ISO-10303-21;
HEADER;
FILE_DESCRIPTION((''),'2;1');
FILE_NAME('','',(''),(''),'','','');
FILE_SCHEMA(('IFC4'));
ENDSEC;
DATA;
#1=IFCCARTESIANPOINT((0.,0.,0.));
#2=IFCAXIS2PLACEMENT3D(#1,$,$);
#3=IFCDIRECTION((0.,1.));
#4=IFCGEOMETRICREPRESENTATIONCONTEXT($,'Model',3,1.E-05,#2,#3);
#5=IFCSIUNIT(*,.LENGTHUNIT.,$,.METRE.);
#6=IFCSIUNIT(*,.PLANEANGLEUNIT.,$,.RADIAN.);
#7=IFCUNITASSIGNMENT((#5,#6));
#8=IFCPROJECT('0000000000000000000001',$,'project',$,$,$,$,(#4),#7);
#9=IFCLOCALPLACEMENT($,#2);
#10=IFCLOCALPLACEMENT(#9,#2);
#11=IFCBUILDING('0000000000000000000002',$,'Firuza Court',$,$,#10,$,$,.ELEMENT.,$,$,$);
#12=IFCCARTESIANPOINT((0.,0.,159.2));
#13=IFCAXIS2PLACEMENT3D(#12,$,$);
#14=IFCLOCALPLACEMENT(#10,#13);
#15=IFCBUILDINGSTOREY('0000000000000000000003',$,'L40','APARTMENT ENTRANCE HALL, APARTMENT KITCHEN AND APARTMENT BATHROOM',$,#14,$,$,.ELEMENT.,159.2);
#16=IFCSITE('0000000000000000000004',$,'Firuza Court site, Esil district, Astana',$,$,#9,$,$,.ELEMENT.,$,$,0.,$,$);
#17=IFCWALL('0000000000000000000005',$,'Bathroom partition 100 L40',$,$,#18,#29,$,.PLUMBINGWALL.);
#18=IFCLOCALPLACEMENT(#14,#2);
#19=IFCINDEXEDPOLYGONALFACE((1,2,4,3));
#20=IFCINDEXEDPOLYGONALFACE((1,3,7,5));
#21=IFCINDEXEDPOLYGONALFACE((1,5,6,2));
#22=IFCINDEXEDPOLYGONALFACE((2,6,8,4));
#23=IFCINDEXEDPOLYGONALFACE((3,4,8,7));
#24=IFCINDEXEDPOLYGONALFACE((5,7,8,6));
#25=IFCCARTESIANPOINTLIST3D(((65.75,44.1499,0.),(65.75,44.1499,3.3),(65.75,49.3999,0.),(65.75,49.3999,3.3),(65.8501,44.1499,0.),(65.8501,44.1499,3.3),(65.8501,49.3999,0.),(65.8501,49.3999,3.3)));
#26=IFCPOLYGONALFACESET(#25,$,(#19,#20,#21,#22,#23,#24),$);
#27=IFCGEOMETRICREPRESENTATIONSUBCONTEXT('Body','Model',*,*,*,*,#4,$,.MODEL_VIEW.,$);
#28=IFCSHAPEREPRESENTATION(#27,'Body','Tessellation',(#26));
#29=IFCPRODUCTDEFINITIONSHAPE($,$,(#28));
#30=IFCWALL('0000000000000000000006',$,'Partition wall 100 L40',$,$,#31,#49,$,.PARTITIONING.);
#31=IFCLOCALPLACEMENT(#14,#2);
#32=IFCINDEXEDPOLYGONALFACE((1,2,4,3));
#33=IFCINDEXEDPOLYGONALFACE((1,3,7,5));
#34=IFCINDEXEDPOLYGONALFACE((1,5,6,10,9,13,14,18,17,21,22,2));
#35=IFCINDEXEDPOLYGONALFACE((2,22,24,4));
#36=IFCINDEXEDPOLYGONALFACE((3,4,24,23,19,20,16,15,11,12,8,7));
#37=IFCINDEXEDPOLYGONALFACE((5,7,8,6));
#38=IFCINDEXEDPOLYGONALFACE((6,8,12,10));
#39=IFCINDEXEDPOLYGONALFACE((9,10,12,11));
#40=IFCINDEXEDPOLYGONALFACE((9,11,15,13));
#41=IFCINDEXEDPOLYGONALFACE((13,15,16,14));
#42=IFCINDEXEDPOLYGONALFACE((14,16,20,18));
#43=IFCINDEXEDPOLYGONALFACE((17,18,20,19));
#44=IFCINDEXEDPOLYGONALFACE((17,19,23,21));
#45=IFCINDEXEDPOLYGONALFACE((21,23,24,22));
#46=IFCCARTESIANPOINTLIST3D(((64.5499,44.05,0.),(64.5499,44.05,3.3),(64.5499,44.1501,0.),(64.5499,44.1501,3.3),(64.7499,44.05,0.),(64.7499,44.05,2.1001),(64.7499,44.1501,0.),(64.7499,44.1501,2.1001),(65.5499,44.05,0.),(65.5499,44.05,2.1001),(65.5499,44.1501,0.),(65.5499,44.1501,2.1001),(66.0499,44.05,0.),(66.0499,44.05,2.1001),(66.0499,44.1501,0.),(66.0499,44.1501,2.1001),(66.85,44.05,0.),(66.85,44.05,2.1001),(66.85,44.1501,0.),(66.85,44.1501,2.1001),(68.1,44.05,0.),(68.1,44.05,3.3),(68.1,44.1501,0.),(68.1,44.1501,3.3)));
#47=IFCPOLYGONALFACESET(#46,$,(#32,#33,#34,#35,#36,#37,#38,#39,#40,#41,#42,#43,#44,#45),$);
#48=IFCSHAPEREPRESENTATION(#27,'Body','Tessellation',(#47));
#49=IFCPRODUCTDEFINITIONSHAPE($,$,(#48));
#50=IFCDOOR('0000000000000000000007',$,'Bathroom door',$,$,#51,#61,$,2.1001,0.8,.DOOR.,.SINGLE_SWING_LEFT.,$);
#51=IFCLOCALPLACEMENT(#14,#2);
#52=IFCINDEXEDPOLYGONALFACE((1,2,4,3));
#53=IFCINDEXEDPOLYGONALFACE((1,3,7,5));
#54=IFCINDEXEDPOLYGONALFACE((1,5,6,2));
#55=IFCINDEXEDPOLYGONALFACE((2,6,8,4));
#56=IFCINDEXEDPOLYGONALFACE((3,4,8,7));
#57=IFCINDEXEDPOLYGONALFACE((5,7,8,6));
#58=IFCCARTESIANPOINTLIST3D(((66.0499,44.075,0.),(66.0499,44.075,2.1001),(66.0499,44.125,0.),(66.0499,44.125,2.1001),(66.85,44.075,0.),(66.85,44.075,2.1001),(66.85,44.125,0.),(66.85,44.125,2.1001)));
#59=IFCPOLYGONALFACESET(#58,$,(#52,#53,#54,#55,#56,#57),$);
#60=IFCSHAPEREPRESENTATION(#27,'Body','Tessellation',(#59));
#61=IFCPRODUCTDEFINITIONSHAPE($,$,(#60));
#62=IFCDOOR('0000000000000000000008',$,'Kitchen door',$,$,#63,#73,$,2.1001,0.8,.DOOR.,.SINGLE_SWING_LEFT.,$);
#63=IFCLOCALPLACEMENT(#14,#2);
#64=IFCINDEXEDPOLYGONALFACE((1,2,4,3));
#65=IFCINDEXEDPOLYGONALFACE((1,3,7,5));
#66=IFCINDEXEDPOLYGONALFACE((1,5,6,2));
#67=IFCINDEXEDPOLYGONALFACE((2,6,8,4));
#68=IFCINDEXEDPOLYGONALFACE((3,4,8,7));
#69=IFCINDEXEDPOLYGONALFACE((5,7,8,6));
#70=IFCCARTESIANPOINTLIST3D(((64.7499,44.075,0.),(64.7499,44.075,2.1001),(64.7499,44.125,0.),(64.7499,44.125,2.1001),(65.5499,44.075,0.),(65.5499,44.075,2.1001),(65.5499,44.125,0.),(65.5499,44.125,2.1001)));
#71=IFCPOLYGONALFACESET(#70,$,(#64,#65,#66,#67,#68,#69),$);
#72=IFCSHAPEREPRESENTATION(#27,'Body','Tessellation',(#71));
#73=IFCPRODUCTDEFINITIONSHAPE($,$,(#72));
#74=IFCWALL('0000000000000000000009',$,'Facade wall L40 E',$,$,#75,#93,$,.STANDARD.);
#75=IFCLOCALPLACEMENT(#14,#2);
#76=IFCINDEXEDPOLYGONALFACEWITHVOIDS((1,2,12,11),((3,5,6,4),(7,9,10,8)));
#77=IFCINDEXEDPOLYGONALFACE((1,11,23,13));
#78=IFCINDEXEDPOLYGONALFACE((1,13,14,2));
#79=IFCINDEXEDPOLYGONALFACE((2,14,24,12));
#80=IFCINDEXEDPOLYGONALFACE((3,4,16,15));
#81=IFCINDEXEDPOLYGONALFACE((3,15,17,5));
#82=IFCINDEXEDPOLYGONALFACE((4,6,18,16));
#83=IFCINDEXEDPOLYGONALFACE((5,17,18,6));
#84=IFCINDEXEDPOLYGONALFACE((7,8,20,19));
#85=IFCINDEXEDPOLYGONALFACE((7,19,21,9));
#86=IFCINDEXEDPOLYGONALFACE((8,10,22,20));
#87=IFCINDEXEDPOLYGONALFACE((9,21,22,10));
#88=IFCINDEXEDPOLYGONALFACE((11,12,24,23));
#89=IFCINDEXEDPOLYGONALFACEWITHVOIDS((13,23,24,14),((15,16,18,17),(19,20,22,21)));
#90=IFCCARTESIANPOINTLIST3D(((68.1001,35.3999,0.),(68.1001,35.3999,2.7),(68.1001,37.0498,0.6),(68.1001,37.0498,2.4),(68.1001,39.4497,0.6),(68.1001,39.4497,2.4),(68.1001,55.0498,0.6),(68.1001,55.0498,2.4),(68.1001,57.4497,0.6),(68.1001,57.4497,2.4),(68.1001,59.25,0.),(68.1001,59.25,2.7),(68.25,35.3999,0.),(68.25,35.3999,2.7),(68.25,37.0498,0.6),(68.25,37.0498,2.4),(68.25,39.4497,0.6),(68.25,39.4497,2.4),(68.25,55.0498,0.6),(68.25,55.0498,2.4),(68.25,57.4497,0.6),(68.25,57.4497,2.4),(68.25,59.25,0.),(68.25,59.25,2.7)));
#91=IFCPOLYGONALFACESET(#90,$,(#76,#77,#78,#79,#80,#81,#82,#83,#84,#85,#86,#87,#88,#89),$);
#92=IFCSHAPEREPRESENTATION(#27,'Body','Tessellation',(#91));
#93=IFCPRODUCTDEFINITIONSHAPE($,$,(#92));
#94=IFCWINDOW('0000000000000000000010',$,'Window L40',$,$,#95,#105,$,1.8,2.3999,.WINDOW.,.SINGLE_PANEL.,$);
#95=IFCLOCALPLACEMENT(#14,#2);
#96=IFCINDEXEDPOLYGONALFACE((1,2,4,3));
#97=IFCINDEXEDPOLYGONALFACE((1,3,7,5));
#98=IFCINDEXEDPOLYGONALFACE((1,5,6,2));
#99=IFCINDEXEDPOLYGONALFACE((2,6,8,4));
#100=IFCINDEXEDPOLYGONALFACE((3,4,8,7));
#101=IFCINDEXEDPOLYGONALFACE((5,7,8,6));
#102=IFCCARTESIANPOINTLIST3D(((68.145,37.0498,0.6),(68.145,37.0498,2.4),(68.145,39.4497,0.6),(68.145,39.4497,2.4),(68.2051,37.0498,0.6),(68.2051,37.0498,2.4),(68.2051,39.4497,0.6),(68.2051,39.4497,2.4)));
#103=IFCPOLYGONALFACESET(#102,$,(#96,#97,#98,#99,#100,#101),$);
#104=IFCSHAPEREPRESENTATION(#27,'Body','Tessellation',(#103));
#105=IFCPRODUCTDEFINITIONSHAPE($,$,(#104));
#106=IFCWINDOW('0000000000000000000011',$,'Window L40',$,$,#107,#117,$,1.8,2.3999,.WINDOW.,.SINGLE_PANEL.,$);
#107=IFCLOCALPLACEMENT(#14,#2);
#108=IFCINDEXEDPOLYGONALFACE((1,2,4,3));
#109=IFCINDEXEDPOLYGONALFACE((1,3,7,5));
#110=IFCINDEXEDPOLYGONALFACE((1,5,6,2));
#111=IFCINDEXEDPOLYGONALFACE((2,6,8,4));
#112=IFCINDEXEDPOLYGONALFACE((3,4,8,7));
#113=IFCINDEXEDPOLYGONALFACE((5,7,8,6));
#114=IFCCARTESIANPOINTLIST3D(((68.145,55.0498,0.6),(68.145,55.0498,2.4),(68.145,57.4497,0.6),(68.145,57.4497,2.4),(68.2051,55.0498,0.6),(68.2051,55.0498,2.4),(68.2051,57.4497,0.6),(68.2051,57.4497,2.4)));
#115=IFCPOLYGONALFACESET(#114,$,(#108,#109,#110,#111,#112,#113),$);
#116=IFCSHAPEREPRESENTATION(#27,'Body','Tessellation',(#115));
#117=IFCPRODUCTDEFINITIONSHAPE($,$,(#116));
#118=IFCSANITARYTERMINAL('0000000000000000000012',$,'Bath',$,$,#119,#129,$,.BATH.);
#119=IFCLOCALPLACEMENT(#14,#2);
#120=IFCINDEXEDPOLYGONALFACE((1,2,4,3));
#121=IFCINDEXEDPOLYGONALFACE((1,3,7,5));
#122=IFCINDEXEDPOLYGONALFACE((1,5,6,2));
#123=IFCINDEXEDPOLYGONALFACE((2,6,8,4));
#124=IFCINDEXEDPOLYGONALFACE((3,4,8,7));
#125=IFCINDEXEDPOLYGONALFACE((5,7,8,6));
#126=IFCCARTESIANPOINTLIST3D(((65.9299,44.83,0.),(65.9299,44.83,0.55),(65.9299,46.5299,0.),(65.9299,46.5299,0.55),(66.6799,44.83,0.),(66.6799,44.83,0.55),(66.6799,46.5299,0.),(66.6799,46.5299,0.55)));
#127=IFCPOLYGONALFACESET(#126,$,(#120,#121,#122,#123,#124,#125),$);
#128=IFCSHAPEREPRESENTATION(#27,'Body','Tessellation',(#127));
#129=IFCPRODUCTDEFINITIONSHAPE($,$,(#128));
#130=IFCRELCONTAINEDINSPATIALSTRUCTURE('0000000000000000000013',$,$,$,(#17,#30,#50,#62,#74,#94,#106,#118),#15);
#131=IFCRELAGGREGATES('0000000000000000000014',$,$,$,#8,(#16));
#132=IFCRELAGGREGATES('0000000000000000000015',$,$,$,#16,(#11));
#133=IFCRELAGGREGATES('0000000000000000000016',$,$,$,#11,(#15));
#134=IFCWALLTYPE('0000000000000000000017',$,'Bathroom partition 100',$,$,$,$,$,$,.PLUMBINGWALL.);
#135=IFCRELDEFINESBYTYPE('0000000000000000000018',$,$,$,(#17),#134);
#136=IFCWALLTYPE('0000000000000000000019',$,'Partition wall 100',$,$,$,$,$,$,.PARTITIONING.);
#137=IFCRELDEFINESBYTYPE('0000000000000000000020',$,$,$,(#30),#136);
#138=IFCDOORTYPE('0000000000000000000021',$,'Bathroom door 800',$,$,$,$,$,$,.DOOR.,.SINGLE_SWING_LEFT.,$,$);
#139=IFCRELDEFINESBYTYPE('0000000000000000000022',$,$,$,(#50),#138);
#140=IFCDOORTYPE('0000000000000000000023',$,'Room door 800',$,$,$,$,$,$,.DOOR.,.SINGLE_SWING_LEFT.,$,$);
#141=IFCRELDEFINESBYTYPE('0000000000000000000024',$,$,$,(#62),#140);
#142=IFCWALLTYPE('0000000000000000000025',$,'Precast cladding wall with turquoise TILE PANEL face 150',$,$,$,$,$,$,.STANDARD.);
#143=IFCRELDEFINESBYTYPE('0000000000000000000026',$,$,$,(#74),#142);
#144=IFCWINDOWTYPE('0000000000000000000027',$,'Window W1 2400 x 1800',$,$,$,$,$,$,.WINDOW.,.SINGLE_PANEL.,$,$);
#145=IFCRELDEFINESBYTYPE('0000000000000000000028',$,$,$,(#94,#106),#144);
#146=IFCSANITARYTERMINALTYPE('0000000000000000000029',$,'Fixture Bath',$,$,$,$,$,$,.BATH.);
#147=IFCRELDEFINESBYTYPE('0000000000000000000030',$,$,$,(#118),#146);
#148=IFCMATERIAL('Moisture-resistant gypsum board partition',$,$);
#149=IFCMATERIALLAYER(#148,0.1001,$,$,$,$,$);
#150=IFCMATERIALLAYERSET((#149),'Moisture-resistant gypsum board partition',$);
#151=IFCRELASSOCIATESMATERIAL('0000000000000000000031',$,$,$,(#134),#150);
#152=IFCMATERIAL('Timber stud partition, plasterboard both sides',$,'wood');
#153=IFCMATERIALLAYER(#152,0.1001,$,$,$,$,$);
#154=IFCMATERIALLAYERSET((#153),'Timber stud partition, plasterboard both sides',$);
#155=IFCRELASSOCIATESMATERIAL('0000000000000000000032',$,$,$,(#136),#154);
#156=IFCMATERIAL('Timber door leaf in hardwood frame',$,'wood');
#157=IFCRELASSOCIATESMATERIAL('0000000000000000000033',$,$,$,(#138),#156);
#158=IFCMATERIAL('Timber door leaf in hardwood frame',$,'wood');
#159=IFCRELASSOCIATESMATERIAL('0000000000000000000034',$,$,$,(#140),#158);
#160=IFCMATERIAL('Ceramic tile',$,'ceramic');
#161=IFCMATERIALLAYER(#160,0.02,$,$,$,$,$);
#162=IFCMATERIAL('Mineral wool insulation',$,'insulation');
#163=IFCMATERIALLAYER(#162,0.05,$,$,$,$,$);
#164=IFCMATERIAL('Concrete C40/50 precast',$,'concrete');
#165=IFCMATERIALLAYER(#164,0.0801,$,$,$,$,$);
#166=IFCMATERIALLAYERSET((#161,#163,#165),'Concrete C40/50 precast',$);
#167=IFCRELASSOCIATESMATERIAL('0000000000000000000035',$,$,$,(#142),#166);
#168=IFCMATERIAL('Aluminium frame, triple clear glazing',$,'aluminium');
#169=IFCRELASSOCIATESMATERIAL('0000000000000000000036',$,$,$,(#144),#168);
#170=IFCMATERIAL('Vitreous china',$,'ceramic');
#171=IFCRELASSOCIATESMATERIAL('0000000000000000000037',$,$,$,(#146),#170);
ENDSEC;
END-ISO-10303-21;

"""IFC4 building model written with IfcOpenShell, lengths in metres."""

from ifc_helpers import new_model, si_unit, direction, frame, frame_2d, origin, origin_2d, place, context, subcontext, project, spatial, rectangle, extrude, material, layer, layer_set, type_object, element, fill, save


model = new_model("IFC4")

# Units and contexts
model_context = context("Model", 3, precision=1e-05, world=origin(), true_north=direction((0.0, 1.0)))
body_context = subcontext(model_context, "Body", "Model", "MODEL_VIEW")
ifc_project = project(units=[si_unit("LENGTHUNIT", "METRE"), si_unit("PLANEANGLEUNIT", "RADIAN")], contexts=[model_context])

# Site, building, storey
site_placement = place(None, origin())
site = spatial("IfcSite", under=ifc_project, at=site_placement, Name="Firuza Court site, Esil district, Astana", CompositionType="ELEMENT", RefElevation=0.0)
building_placement = place(site_placement, origin())
building = spatial("IfcBuilding", under=site, at=building_placement, Name="Firuza Court", CompositionType="ELEMENT")
storey_placement = place(building_placement, frame((0.0, 0.0, 159.2)))
storey = spatial("IfcBuildingStorey", under=building, at=storey_placement, Name="L40", Description="APARTMENT ENTRANCE HALL, APARTMENT KITCHEN AND APARTMENT BATHROOM", CompositionType="ELEMENT", Elevation=159.2)

# Wall
ifc_material_1 = material(Name="Moisture-resistant gypsum board partition")
ifc_layer_1 = layer(ifc_material_1, 0.1001)
ifc_layer_set_1 = layer_set([ifc_layer_1], Name="Moisture-resistant gypsum board partition")
wall_type_1 = type_object("IfcWallType", Name="Bathroom partition 100", PredefinedType="PLUMBINGWALL", material=ifc_layer_set_1)
wall_1_placement = place(storey_placement, frame((65.8, 44.1499, 0.0), z_axis=(0.0, 0.0, 1.0), x_axis=(0.0, 1.0, 0.0)))
element("IfcWall", 1, at=wall_1_placement, inside=storey, type_object=wall_type_1, Name="Bathroom partition 100 L40", PredefinedType="PLUMBINGWALL", context=body_context, shape_type="SweptSolid", body=[
    extrude(rectangle(XDim=5.25, YDim=0.1001, at=frame_2d((2.625, 0.0))), origin(), (0.0, 0.0, 1.0), 3.3),
])

# Wall, openings, doors
ifc_material_2 = material(Name="Timber stud partition, plasterboard both sides", Category="wood")
ifc_layer_2 = layer(ifc_material_2, 0.1001)
ifc_layer_set_2 = layer_set([ifc_layer_2], Name="Timber stud partition, plasterboard both sides")
wall_type_2 = type_object("IfcWallType", Name="Partition wall 100", PredefinedType="PARTITIONING", material=ifc_layer_set_2)
wall_2_placement = place(storey_placement, frame((64.55, 44.1001, 0.0), z_axis=(0.0, 0.0, 1.0), x_axis=(1.0, 0.0, 0.0)))
wall_2 = element("IfcWall", 2, at=wall_2_placement, inside=storey, type_object=wall_type_2, Name="Partition wall 100 L40", PredefinedType="PARTITIONING", context=body_context, shape_type="SweptSolid", body=[
    extrude(rectangle(XDim=3.55, YDim=0.1001, at=frame_2d((1.7749, 0.0))), origin(), (0.0, 0.0, 1.0), 3.3),
])
opening_1_placement = place(wall_2_placement, frame((1.5, 0.0, 0.0)))
opening_1 = element("IfcOpeningElement", 3, at=opening_1_placement, cuts=wall_2, PredefinedType="OPENING", context=body_context, shape_type="SweptSolid", body=[
    extrude(rectangle(XDim=0.8, YDim=2.1001, at=frame_2d((0.3999, 1.05))), frame((0.0, 0.062, 0.0), z_axis=(0.0, -1.0, 0.0), x_axis=(1.0, 0.0, 0.0)), (0.0, 0.0, 1.0), 0.124),
])
opening_2_placement = place(wall_2_placement, frame((0.2, 0.0, 0.0)))
opening_2 = element("IfcOpeningElement", 4, at=opening_2_placement, cuts=wall_2, PredefinedType="OPENING", context=body_context, shape_type="SweptSolid", body=[
    extrude(rectangle(XDim=0.8, YDim=2.1001, at=frame_2d((0.3999, 1.05))), frame((0.0, 0.062, 0.0), z_axis=(0.0, -1.0, 0.0), x_axis=(1.0, 0.0, 0.0)), (0.0, 0.0, 1.0), 0.124),
])
ifc_material_3 = material(Name="Timber door leaf in hardwood frame", Category="wood")
door_type_1 = type_object("IfcDoorType", Name="Bathroom door 800", OperationType="SINGLE_SWING_LEFT", PredefinedType="DOOR", material=ifc_material_3)
door_1_placement = place(opening_1_placement, origin())
door_1 = element("IfcDoor", 5, at=door_1_placement, inside=storey, type_object=door_type_1, Name="Bathroom door", OperationType="SINGLE_SWING_LEFT", OverallHeight=2.1001, OverallWidth=0.8, PredefinedType="DOOR", context=body_context, shape_type="SweptSolid", body=[
    extrude(rectangle(XDim=0.8, YDim=2.1001, at=frame_2d((0.3999, 1.05))), frame((0.0, 0.0249, 0.0), z_axis=(0.0, -1.0, 0.0), x_axis=(1.0, 0.0, 0.0)), (0.0, 0.0, 1.0), 0.05),
])
fill(opening_1, door_1)
ifc_material_4 = material(Name="Timber door leaf in hardwood frame", Category="wood")
door_type_2 = type_object("IfcDoorType", Name="Room door 800", OperationType="SINGLE_SWING_LEFT", PredefinedType="DOOR", material=ifc_material_4)
door_2_placement = place(opening_2_placement, origin())
door_2 = element("IfcDoor", 6, at=door_2_placement, inside=storey, type_object=door_type_2, Name="Kitchen door", OperationType="SINGLE_SWING_LEFT", OverallHeight=2.1001, OverallWidth=0.8, PredefinedType="DOOR", context=body_context, shape_type="SweptSolid", body=[
    extrude(rectangle(XDim=0.8, YDim=2.1001, at=frame_2d((0.3999, 1.05))), frame((0.0, 0.0249, 0.0), z_axis=(0.0, -1.0, 0.0), x_axis=(1.0, 0.0, 0.0)), (0.0, 0.0, 1.0), 0.05),
])
fill(opening_2, door_2)

# Wall, openings, windows
ifc_material_5 = material(Name="Ceramic tile", Category="ceramic")
ifc_layer_3 = layer(ifc_material_5, 0.02)
ifc_material_6 = material(Name="Mineral wool insulation", Category="insulation")
ifc_layer_4 = layer(ifc_material_6, 0.05)
ifc_material_7 = material(Name="Concrete C40/50 precast", Category="concrete")
ifc_layer_5 = layer(ifc_material_7, 0.0801)
ifc_layer_set_3 = layer_set([ifc_layer_3, ifc_layer_4, ifc_layer_5], Name="Concrete C40/50 precast")
wall_type_3 = type_object("IfcWallType", Name="Precast cladding wall with turquoise TILE PANEL face 150", PredefinedType="STANDARD", material=ifc_layer_set_3)
wall_3_placement = place(storey_placement, frame((68.175, 35.3999, 0.0), z_axis=(0.0, 0.0, 1.0), x_axis=(0.0, 1.0, 0.0)))
wall_3 = element("IfcWall", 7, at=wall_3_placement, inside=storey, type_object=wall_type_3, Name="Facade wall L40 E", PredefinedType="STANDARD", context=body_context, shape_type="SweptSolid", body=[
    extrude(rectangle(XDim=23.8501, YDim=0.1499, at=frame_2d((11.925, 0.0))), origin(), (0.0, 0.0, 1.0), 2.7),
])
opening_3_placement = place(wall_3_placement, frame((1.6499, 0.0, 0.6001)))
opening_3 = element("IfcOpeningElement", 8, at=opening_3_placement, cuts=wall_3, PredefinedType="OPENING", context=body_context, shape_type="SweptSolid", body=[
    extrude(rectangle(XDim=2.3999, YDim=1.8, at=frame_2d((1.2, 0.8999))), frame((0.0, 0.0869, 0.0), z_axis=(0.0, -1.0, 0.0), x_axis=(1.0, 0.0, 0.0)), (0.0, 0.0, 1.0), 0.1738),
])
opening_4_placement = place(wall_3_placement, frame((19.6499, 0.0, 0.6001)))
opening_4 = element("IfcOpeningElement", 9, at=opening_4_placement, cuts=wall_3, PredefinedType="OPENING", context=body_context, shape_type="SweptSolid", body=[
    extrude(rectangle(XDim=2.3999, YDim=1.8, at=frame_2d((1.2, 0.8999))), frame((0.0, 0.0869, 0.0), z_axis=(0.0, -1.0, 0.0), x_axis=(1.0, 0.0, 0.0)), (0.0, 0.0, 1.0), 0.1738),
])
ifc_material_8 = material(Name="Aluminium frame, triple clear glazing", Category="aluminium")
window_type = type_object("IfcWindowType", Name="Window W1 2400 x 1800", PartitioningType="SINGLE_PANEL", PredefinedType="WINDOW", material=ifc_material_8)
window_1_placement = place(opening_3_placement, origin())
window_1 = element("IfcWindow", 10, at=window_1_placement, inside=storey, type_object=window_type, Name="Window L40", OverallHeight=1.8, OverallWidth=2.3999, PartitioningType="SINGLE_PANEL", PredefinedType="WINDOW", context=body_context, shape_type="SweptSolid", body=[
    extrude(rectangle(XDim=2.3999, YDim=1.8, at=frame_2d((1.2, 0.8999))), frame((0.0, 0.03, 0.0), z_axis=(0.0, -1.0, 0.0), x_axis=(1.0, 0.0, 0.0)), (0.0, 0.0, 1.0), 0.0601),
])
fill(opening_3, window_1)
window_2_placement = place(opening_4_placement, origin())
window_2 = element("IfcWindow", 11, at=window_2_placement, inside=storey, type_object=window_type, Name="Window L40", OverallHeight=1.8, OverallWidth=2.3999, PartitioningType="SINGLE_PANEL", PredefinedType="WINDOW", context=body_context, shape_type="SweptSolid", body=[
    extrude(rectangle(XDim=2.3999, YDim=1.8, at=frame_2d((1.2, 0.8999))), frame((0.0, 0.03, 0.0), z_axis=(0.0, -1.0, 0.0), x_axis=(1.0, 0.0, 0.0)), (0.0, 0.0, 1.0), 0.0601),
])
fill(opening_4, window_2)

# Sanitary terminal
ifc_material_9 = material(Name="Vitreous china", Category="ceramic")
sanitary_terminal_type = type_object("IfcSanitaryTerminalType", Name="Fixture Bath", PredefinedType="BATH", material=ifc_material_9)
sanitary_terminal_placement = place(storey_placement, frame((66.3049, 45.6799, 0.0), z_axis=(0.0, 0.0, 1.0), x_axis=(1.0, 0.0, 0.0)))
element("IfcSanitaryTerminal", 12, at=sanitary_terminal_placement, inside=storey, type_object=sanitary_terminal_type, Name="Bath", PredefinedType="BATH", context=body_context, shape_type="SweptSolid", body=[
    extrude(rectangle(XDim=0.75, YDim=1.7, at=origin_2d()), origin(), (0.0, 0.0, 1.0), 0.55),
])

save(model, "model.ifc")
